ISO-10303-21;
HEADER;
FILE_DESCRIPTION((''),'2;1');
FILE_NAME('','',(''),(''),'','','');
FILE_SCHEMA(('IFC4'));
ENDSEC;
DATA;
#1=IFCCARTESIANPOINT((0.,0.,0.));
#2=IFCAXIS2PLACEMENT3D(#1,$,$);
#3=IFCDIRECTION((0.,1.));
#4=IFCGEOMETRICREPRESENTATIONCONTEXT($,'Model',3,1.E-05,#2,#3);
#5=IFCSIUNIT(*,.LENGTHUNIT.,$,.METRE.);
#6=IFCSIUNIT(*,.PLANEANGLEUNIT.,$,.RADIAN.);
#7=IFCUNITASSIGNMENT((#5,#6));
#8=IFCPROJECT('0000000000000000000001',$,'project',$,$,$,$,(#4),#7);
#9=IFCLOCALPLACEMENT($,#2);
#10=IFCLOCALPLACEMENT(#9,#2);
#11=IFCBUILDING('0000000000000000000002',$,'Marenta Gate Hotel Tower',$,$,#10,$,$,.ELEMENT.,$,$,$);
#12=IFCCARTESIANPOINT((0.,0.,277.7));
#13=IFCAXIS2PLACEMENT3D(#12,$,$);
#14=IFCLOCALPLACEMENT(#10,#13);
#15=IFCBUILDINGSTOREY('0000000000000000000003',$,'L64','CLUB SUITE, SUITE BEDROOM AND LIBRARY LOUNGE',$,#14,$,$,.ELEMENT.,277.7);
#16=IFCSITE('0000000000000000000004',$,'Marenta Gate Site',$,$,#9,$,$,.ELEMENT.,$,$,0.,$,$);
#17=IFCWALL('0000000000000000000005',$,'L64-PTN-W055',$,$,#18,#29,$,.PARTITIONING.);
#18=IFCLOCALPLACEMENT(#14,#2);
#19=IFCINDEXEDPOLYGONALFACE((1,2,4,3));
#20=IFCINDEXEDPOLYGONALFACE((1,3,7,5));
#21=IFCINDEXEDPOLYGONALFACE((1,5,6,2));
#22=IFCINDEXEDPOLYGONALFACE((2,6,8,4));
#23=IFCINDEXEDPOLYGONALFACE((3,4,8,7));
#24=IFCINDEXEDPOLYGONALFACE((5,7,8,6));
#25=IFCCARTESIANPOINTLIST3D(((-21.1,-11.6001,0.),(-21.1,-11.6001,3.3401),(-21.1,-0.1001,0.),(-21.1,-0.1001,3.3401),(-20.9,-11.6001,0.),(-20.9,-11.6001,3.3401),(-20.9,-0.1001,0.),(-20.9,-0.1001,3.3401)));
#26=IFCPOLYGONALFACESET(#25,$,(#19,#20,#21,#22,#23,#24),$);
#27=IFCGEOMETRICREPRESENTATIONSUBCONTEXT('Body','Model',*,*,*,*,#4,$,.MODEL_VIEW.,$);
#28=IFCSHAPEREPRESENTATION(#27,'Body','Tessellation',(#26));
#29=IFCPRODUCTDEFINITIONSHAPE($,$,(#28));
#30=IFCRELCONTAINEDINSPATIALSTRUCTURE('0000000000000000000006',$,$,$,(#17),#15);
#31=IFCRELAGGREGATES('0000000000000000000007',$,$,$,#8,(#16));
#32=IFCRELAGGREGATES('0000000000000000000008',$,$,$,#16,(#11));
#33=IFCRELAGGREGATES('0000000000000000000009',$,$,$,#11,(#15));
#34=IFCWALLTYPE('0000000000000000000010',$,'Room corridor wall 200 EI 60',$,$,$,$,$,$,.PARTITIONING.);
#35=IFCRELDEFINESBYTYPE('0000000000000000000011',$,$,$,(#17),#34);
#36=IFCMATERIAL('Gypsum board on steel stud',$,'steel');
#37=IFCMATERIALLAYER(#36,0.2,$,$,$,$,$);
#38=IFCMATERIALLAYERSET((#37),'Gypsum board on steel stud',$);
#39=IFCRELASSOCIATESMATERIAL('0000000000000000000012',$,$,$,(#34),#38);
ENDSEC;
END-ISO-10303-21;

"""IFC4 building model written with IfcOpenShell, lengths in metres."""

from ifc_helpers import new_model, si_unit, direction, frame, frame_2d, origin, place, context, subcontext, project, spatial, rectangle, extrude, material, layer, layer_set, type_object, element, save


model = new_model("IFC4")

# Units and contexts
model_context = context("Model", 3, precision=1e-05, world=origin(), true_north=direction((0.0, 1.0)))
body_context = subcontext(model_context, "Body", "Model", "MODEL_VIEW")
ifc_project = project(units=[si_unit("LENGTHUNIT", "METRE"), si_unit("PLANEANGLEUNIT", "RADIAN")], contexts=[model_context])

# Site, building, storey
site_placement = place(None, origin())
site = spatial("IfcSite", under=ifc_project, at=site_placement, Name="Marenta Gate Site", CompositionType="ELEMENT", RefElevation=0.0)
building_placement = place(site_placement, origin())
building = spatial("IfcBuilding", under=site, at=building_placement, Name="Marenta Gate Hotel Tower", CompositionType="ELEMENT")
storey_placement = place(building_placement, frame((0.0, 0.0, 277.7)))
storey = spatial("IfcBuildingStorey", under=building, at=storey_placement, Name="L64", Description="CLUB SUITE, SUITE BEDROOM AND LIBRARY LOUNGE", CompositionType="ELEMENT", Elevation=277.7)

# Wall
ifc_material_1 = material(Name="Gypsum board on steel stud", Category="steel")
ifc_layer_1 = layer(ifc_material_1, 0.2)
ifc_layer_set_1 = layer_set([ifc_layer_1], Name="Gypsum board on steel stud")
wall_type_1 = type_object("IfcWallType", Name="Room corridor wall 200 EI 60", PredefinedType="PARTITIONING", material=ifc_layer_set_1)
wall_1_placement = place(storey_placement, frame((-21.0, -11.6001, 0.0), z_axis=(0.0, 0.0, 1.0), x_axis=(0.0, 1.0, 0.0)))
element("IfcWall", 1, at=wall_1_placement, inside=storey, type_object=wall_type_1, Name="L64-PTN-W055", PredefinedType="PARTITIONING", context=body_context, shape_type="SweptSolid", body=[
    extrude(rectangle(XDim=11.5, YDim=0.2, at=frame_2d((5.75, 0.0))), origin(), (0.0, 0.0, 1.0), 3.3401),
])

save(model, "model.ifc")
